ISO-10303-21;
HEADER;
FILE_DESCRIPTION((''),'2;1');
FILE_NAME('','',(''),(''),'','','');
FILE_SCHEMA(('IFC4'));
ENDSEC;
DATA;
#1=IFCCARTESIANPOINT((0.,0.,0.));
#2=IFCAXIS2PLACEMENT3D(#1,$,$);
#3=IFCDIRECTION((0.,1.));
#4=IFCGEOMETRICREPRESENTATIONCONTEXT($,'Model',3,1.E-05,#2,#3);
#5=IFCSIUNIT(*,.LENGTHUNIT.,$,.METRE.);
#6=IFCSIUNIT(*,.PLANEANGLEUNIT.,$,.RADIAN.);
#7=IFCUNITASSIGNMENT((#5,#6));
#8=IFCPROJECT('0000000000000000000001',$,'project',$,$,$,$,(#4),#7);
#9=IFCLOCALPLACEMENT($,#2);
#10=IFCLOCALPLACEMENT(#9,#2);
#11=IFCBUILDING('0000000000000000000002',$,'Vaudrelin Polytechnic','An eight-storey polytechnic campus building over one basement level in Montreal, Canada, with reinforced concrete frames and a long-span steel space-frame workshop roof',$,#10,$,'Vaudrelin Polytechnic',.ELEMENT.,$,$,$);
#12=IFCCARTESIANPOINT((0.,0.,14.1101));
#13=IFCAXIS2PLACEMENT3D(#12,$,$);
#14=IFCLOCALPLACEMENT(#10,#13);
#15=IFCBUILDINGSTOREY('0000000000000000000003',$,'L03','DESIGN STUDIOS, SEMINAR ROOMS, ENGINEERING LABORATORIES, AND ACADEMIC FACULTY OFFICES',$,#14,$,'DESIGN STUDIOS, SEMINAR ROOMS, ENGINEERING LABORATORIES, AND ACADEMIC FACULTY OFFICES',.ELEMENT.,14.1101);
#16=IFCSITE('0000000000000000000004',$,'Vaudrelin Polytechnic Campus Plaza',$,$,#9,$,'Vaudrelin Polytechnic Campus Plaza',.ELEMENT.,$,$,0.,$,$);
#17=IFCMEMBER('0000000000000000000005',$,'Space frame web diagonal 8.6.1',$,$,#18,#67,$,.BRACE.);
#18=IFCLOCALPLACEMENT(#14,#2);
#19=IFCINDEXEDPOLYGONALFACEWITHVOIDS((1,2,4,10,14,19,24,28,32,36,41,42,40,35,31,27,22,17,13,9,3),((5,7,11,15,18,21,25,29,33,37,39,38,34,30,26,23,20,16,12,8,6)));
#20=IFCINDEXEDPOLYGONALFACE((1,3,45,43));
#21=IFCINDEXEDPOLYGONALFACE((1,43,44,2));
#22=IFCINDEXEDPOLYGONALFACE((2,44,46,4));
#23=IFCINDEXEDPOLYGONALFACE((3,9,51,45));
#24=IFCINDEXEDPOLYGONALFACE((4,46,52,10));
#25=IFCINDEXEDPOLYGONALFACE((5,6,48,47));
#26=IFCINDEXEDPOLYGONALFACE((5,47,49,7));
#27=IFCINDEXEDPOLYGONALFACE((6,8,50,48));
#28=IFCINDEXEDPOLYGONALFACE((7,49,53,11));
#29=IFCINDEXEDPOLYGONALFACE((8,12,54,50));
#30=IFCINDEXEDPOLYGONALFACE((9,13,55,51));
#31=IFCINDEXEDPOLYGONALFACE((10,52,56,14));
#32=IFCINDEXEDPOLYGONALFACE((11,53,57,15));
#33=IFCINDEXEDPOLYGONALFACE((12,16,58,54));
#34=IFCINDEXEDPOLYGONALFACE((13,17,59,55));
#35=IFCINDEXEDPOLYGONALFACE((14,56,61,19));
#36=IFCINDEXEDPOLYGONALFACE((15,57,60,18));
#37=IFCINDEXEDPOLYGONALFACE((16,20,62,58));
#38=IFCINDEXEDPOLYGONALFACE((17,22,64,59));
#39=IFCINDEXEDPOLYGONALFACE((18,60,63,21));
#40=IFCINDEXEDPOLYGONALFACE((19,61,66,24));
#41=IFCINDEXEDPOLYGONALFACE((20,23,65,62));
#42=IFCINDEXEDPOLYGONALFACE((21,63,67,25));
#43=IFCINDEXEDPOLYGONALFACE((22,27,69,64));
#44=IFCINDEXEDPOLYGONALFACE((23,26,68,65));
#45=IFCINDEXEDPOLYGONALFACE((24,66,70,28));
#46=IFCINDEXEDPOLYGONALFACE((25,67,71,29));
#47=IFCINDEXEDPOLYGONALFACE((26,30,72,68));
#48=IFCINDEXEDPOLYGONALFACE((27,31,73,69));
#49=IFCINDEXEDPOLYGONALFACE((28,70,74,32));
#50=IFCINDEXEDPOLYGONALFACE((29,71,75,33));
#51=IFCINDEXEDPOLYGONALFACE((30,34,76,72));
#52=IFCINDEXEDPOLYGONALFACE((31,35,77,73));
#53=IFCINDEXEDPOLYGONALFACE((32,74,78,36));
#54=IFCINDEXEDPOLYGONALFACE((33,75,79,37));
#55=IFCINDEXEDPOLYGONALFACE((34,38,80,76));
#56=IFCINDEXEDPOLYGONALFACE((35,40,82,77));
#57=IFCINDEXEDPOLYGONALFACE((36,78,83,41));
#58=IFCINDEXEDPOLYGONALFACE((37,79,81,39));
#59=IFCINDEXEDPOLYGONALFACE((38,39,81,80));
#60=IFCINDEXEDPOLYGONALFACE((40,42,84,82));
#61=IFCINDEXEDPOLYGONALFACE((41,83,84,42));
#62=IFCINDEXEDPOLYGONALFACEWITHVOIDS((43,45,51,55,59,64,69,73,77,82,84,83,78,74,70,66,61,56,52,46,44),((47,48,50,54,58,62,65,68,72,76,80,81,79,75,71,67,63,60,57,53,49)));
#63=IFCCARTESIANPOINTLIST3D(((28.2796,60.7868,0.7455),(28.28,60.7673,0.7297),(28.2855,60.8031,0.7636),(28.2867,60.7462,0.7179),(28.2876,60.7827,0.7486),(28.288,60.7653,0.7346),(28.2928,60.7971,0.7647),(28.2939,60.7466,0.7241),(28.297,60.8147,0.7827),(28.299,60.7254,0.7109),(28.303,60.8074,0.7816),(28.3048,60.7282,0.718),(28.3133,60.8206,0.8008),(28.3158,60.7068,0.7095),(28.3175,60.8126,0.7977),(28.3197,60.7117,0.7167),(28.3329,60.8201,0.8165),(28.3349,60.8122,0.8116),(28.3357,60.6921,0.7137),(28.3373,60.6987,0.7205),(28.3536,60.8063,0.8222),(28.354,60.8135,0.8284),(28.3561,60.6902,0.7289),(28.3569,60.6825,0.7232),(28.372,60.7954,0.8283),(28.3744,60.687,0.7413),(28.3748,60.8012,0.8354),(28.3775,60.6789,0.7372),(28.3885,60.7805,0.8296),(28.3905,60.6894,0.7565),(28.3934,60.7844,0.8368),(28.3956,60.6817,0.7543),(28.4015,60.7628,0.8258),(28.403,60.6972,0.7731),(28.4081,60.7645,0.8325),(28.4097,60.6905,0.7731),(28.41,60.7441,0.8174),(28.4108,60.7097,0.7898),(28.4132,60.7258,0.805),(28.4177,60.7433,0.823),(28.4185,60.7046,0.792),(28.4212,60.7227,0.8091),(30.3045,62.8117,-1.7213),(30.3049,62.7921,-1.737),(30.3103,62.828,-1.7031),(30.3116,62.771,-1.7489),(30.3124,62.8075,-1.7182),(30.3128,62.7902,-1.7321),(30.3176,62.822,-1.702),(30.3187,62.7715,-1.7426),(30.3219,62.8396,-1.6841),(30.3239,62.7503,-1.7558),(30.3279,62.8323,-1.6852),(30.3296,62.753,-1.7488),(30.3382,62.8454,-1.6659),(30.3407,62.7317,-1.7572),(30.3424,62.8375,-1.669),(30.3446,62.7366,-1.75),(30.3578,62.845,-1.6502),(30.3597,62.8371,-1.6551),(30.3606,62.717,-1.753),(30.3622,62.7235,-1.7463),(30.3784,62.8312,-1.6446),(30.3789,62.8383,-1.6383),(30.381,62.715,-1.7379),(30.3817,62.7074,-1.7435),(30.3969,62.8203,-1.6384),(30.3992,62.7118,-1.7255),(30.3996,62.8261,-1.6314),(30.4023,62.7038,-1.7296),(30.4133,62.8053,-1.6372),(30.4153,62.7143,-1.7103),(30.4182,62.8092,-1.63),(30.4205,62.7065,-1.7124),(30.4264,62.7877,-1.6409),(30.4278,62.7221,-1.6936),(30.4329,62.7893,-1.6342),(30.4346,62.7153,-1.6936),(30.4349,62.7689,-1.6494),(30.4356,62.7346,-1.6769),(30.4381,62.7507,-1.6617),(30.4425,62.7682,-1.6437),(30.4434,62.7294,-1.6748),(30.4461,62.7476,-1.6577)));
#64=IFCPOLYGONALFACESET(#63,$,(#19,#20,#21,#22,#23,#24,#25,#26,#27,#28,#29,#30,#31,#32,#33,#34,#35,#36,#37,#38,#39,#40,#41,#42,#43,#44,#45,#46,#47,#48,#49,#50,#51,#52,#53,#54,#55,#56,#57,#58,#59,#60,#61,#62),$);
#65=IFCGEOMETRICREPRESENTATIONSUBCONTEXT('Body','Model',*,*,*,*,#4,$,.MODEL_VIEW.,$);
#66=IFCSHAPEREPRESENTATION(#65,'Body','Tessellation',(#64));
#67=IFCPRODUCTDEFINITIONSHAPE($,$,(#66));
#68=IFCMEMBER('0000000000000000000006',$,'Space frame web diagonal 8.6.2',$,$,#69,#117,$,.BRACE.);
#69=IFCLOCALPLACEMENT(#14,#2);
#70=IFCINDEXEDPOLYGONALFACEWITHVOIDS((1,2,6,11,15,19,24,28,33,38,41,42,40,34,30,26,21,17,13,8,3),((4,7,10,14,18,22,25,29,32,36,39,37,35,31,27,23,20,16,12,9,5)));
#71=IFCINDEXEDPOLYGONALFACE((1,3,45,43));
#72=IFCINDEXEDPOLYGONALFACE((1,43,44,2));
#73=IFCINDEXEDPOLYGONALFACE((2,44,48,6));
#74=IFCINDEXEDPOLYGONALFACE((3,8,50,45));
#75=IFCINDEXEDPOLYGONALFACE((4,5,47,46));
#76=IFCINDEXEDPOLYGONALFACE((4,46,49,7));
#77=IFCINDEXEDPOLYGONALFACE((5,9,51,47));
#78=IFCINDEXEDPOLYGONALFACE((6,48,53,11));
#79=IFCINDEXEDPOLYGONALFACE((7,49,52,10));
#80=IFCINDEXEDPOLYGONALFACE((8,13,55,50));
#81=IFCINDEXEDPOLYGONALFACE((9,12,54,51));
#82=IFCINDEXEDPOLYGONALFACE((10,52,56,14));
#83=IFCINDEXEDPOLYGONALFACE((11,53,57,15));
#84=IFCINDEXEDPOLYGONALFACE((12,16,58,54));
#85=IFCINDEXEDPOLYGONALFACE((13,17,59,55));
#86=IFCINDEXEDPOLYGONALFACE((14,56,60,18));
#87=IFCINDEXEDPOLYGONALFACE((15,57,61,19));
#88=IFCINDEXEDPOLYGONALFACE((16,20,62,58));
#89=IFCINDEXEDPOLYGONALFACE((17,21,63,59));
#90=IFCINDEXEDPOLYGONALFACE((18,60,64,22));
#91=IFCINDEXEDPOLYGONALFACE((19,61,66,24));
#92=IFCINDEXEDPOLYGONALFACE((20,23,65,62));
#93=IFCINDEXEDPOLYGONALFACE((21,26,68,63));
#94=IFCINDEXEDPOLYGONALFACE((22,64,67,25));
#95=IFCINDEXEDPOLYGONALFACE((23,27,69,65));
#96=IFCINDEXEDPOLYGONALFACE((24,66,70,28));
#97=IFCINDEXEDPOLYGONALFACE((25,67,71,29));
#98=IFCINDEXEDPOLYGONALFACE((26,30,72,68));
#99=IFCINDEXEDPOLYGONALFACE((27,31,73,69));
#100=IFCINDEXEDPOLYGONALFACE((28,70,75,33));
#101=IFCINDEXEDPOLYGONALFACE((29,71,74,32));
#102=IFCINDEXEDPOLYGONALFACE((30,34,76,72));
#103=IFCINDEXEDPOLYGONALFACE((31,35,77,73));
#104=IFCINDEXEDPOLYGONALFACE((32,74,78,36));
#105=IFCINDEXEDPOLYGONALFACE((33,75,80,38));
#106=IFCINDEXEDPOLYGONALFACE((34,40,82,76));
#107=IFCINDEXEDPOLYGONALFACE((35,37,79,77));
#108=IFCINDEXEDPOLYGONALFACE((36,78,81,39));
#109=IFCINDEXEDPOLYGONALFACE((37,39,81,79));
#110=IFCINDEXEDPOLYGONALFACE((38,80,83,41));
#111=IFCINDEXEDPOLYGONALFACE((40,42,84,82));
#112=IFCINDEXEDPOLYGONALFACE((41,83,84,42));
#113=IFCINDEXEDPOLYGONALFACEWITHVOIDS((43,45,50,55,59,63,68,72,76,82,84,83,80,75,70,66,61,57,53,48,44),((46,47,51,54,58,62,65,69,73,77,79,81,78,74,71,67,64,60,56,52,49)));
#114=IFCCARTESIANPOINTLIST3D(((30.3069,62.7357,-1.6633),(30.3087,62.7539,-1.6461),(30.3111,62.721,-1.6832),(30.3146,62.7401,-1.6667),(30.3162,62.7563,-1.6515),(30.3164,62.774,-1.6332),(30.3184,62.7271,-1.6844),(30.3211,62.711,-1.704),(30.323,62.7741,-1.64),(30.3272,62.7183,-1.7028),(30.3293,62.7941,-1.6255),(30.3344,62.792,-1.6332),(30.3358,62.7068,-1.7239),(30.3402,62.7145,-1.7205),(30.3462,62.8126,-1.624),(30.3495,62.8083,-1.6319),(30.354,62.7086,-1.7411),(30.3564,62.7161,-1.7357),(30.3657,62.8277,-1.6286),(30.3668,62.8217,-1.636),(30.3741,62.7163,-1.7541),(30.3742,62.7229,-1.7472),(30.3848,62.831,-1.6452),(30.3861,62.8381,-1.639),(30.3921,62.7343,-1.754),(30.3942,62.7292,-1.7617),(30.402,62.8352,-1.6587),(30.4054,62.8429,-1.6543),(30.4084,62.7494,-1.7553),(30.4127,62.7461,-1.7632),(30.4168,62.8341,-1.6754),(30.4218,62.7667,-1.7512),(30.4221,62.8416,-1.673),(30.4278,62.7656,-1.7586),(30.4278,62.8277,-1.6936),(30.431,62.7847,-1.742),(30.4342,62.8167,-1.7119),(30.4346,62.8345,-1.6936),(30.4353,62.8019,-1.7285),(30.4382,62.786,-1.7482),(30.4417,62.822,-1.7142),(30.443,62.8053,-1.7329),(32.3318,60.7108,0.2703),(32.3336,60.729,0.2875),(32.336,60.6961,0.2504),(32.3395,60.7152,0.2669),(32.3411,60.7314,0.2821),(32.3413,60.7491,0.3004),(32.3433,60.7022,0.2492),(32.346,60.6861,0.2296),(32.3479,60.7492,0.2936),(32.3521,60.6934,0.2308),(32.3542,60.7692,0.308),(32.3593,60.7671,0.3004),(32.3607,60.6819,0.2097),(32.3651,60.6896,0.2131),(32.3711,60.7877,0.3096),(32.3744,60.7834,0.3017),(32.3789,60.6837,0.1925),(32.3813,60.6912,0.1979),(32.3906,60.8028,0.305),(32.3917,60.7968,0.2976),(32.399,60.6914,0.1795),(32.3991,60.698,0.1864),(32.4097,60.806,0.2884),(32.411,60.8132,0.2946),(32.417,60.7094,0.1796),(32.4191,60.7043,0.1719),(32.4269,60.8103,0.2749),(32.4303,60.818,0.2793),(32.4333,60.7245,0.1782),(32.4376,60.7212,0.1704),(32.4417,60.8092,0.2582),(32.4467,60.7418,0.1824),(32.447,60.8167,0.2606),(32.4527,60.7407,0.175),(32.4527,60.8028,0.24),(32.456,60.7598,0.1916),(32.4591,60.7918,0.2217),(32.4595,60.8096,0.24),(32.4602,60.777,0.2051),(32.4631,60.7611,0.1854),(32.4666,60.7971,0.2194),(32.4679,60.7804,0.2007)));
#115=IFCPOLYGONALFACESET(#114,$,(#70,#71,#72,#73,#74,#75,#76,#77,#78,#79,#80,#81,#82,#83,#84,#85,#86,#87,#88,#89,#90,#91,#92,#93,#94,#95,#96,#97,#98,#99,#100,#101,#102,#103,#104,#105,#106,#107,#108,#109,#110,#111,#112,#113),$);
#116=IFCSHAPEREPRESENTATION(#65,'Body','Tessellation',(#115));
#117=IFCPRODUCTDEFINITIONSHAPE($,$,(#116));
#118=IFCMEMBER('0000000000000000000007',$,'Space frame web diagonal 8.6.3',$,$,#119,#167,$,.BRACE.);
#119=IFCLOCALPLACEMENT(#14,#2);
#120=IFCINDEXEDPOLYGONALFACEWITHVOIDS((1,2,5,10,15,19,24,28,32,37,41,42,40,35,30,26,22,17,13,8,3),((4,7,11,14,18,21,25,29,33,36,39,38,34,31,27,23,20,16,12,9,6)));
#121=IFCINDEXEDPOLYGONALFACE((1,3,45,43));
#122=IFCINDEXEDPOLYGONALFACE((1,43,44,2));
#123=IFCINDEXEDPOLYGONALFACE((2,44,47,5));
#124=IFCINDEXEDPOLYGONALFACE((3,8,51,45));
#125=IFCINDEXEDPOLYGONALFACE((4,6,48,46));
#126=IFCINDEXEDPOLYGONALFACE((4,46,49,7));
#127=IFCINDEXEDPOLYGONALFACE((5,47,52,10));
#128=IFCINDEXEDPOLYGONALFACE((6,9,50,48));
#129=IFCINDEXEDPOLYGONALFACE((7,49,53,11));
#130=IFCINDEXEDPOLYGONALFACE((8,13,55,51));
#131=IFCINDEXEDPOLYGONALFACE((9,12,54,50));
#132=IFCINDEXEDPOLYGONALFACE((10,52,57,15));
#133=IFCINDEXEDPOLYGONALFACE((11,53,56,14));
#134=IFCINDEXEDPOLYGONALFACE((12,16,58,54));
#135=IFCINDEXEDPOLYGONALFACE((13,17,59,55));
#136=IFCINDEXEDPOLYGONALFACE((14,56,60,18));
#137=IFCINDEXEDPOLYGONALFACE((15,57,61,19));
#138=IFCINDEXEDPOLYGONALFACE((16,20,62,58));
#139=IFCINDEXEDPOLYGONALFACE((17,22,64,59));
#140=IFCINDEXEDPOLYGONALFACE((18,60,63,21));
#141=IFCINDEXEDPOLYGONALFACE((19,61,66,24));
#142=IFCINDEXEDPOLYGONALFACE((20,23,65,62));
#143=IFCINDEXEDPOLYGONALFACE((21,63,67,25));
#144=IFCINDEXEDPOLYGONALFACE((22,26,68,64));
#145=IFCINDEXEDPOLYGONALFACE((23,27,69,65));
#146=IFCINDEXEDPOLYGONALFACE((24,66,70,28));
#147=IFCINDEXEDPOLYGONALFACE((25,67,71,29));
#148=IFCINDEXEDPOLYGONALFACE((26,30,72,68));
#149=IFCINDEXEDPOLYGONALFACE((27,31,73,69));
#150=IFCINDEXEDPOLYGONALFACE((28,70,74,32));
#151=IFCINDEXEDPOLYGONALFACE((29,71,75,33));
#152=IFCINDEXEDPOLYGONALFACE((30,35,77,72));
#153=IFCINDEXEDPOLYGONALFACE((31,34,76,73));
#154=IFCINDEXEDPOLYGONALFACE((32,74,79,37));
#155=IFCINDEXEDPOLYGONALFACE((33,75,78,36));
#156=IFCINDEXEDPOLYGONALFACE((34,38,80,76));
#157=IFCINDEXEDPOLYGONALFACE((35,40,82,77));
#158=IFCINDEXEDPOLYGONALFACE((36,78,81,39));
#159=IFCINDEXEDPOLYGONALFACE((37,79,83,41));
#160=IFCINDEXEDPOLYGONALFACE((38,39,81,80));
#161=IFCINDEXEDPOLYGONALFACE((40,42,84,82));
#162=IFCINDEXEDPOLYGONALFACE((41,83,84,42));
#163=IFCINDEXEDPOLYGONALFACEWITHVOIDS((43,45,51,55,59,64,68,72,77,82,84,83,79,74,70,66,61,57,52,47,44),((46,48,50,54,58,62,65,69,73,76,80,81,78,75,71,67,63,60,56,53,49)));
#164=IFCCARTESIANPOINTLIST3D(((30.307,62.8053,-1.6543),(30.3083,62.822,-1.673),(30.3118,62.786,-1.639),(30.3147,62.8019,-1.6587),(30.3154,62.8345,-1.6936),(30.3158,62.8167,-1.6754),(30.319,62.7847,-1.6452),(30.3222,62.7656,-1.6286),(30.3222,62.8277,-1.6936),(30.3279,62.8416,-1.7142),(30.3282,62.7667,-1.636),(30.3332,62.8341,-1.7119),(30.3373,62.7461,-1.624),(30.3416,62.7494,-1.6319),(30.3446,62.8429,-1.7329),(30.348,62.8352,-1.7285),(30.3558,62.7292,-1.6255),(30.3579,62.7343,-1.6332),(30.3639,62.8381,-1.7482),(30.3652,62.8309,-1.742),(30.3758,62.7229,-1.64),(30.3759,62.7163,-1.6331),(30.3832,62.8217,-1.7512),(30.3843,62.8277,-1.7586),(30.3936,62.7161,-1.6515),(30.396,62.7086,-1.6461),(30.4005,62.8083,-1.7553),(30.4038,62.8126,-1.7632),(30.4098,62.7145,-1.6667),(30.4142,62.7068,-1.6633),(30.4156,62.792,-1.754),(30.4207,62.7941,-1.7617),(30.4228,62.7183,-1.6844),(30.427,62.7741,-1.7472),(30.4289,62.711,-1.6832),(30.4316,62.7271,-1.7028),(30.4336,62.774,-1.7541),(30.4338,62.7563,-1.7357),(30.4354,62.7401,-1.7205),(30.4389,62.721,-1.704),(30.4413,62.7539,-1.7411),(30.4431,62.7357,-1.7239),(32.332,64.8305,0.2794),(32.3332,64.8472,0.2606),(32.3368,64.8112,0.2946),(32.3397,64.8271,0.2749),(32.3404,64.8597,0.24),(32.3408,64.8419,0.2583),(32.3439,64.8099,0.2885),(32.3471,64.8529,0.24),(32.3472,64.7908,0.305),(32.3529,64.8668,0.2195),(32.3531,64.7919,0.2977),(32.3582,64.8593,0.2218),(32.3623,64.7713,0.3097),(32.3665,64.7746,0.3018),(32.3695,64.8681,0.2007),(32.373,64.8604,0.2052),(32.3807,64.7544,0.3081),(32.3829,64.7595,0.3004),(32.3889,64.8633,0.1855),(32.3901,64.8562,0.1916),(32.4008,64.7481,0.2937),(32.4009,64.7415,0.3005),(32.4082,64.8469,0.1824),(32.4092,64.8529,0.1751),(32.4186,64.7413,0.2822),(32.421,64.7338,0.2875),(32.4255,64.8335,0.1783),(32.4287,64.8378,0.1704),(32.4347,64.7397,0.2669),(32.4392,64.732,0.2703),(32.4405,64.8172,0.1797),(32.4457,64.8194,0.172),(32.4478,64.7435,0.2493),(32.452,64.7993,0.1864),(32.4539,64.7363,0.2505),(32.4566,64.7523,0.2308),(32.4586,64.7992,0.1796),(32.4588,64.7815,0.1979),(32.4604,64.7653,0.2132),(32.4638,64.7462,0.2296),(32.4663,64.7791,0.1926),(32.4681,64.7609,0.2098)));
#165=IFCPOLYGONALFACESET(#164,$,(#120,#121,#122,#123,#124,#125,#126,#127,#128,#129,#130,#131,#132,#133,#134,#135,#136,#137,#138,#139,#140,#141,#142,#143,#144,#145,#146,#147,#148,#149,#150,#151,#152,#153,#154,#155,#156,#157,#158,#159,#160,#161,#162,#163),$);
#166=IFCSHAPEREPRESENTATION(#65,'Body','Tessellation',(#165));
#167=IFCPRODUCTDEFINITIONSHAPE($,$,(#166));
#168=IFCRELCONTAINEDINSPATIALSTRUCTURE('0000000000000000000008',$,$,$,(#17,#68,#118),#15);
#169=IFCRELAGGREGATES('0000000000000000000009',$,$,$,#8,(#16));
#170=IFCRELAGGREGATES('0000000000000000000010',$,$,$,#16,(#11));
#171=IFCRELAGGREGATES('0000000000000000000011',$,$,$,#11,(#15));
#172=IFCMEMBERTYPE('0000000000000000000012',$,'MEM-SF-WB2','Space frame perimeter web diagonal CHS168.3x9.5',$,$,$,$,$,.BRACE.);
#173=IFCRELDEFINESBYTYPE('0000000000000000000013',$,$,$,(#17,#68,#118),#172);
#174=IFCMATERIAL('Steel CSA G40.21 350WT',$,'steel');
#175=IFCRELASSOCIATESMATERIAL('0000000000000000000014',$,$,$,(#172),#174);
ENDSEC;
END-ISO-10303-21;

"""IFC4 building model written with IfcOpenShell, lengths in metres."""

from ifc_helpers import new_model, si_unit, direction, frame, origin, origin_2d, place, context, subcontext, project, spatial, hollow_circle, extrude, material, material_profile, profile_set, type_object, element, save


model = new_model("IFC4")

# Units and contexts
model_context = context("Model", 3, precision=1e-05, world=origin(), true_north=direction((0.0, 1.0)))
body_context = subcontext(model_context, "Body", "Model", "MODEL_VIEW")
ifc_project = project(units=[si_unit("LENGTHUNIT", "METRE"), si_unit("PLANEANGLEUNIT", "RADIAN")], contexts=[model_context])

# Site, building, storey
site_placement = place(None, origin())
site = spatial("IfcSite", under=ifc_project, at=site_placement, Name="Vaudrelin Polytechnic Campus Plaza", LongName="Vaudrelin Polytechnic Campus Plaza", CompositionType="ELEMENT", RefElevation=0.0)
building_placement = place(site_placement, origin())
building = spatial("IfcBuilding", under=site, at=building_placement, Name="Vaudrelin Polytechnic", Description="An eight-storey polytechnic campus building over one basement level in Montreal, Canada, with reinforced concrete frames and a long-span steel space-frame workshop roof", LongName="Vaudrelin Polytechnic", CompositionType="ELEMENT")
storey_placement = place(building_placement, frame((0.0, 0.0, 14.1101)))
storey = spatial("IfcBuildingStorey", under=building, at=storey_placement, Name="L03", Description="DESIGN STUDIOS, SEMINAR ROOMS, ENGINEERING LABORATORIES, AND ACADEMIC FACULTY OFFICES", LongName="DESIGN STUDIOS, SEMINAR ROOMS, ENGINEERING LABORATORIES, AND ACADEMIC FACULTY OFFICES", CompositionType="ELEMENT", Elevation=14.1101)

# Members
ifc_material_1 = material(Name="Steel CSA G40.21 350WT", Category="steel")
ifc_material_profile_1 = material_profile(ifc_material_1, hollow_circle(Radius=0.0842, WallThickness=0.0095, at=origin_2d()), Name="CHS168.3x9.5")
ifc_profile_set_1 = profile_set([ifc_material_profile_1], Name="Steel CSA G40.21 350WT")
member_type_1 = type_object("IfcMemberType", Name="MEM-SF-WB2", Description="Space frame perimeter web diagonal CHS168.3x9.5", PredefinedType="BRACE", material=ifc_profile_set_1)
for number, where, z_axis, x_axis, name in (
    (1, (30.375, 62.7749, -1.6936), (-0.535742, -0.535742, 0.652657), (0.707107, -0.707107, 0.0), "Space frame web diagonal 8.6.1"),
):
    element("IfcMember", number, at=place(storey_placement, frame(where, z_axis=z_axis, x_axis=x_axis)), inside=storey, type_object=member_type_1, Name=name, PredefinedType="BRACE", context=body_context, shape_type="SweptSolid", body=[
        extrude(hollow_circle(Radius=0.0842, WallThickness=0.0095, at=origin_2d()), origin(), (0.0, 0.0, 1.0), 3.7795),
    ])
member_1_placement = place(storey_placement, frame((30.375, 62.7749, -1.6936), z_axis=(0.586024, -0.586024, 0.559599), x_axis=(0.707107, 0.707107, 0.0)))
element("IfcMember", 2, at=member_1_placement, inside=storey, type_object=member_type_1, Name="Space frame web diagonal 8.6.2", PredefinedType="BRACE", context=body_context, shape_type="SweptSolid", body=[
    extrude(hollow_circle(Radius=0.0842, WallThickness=0.0095, at=origin_2d()), origin(), (0.0, 0.0, 1.0), 3.4553),
])
member_2_placement = place(storey_placement, frame((30.375, 62.7749, -1.6936), z_axis=(0.586, 0.586071, 0.559576), x_axis=(-0.707149, 0.707064, 0.0)))
element("IfcMember", 3, at=member_2_placement, inside=storey, type_object=member_type_1, Name="Space frame web diagonal 8.6.3", PredefinedType="BRACE", context=body_context, shape_type="SweptSolid", body=[
    extrude(hollow_circle(Radius=0.0842, WallThickness=0.0095, at=origin_2d()), origin(), (0.0, 0.0, 1.0), 3.4556),
])

save(model, "model.ifc")
